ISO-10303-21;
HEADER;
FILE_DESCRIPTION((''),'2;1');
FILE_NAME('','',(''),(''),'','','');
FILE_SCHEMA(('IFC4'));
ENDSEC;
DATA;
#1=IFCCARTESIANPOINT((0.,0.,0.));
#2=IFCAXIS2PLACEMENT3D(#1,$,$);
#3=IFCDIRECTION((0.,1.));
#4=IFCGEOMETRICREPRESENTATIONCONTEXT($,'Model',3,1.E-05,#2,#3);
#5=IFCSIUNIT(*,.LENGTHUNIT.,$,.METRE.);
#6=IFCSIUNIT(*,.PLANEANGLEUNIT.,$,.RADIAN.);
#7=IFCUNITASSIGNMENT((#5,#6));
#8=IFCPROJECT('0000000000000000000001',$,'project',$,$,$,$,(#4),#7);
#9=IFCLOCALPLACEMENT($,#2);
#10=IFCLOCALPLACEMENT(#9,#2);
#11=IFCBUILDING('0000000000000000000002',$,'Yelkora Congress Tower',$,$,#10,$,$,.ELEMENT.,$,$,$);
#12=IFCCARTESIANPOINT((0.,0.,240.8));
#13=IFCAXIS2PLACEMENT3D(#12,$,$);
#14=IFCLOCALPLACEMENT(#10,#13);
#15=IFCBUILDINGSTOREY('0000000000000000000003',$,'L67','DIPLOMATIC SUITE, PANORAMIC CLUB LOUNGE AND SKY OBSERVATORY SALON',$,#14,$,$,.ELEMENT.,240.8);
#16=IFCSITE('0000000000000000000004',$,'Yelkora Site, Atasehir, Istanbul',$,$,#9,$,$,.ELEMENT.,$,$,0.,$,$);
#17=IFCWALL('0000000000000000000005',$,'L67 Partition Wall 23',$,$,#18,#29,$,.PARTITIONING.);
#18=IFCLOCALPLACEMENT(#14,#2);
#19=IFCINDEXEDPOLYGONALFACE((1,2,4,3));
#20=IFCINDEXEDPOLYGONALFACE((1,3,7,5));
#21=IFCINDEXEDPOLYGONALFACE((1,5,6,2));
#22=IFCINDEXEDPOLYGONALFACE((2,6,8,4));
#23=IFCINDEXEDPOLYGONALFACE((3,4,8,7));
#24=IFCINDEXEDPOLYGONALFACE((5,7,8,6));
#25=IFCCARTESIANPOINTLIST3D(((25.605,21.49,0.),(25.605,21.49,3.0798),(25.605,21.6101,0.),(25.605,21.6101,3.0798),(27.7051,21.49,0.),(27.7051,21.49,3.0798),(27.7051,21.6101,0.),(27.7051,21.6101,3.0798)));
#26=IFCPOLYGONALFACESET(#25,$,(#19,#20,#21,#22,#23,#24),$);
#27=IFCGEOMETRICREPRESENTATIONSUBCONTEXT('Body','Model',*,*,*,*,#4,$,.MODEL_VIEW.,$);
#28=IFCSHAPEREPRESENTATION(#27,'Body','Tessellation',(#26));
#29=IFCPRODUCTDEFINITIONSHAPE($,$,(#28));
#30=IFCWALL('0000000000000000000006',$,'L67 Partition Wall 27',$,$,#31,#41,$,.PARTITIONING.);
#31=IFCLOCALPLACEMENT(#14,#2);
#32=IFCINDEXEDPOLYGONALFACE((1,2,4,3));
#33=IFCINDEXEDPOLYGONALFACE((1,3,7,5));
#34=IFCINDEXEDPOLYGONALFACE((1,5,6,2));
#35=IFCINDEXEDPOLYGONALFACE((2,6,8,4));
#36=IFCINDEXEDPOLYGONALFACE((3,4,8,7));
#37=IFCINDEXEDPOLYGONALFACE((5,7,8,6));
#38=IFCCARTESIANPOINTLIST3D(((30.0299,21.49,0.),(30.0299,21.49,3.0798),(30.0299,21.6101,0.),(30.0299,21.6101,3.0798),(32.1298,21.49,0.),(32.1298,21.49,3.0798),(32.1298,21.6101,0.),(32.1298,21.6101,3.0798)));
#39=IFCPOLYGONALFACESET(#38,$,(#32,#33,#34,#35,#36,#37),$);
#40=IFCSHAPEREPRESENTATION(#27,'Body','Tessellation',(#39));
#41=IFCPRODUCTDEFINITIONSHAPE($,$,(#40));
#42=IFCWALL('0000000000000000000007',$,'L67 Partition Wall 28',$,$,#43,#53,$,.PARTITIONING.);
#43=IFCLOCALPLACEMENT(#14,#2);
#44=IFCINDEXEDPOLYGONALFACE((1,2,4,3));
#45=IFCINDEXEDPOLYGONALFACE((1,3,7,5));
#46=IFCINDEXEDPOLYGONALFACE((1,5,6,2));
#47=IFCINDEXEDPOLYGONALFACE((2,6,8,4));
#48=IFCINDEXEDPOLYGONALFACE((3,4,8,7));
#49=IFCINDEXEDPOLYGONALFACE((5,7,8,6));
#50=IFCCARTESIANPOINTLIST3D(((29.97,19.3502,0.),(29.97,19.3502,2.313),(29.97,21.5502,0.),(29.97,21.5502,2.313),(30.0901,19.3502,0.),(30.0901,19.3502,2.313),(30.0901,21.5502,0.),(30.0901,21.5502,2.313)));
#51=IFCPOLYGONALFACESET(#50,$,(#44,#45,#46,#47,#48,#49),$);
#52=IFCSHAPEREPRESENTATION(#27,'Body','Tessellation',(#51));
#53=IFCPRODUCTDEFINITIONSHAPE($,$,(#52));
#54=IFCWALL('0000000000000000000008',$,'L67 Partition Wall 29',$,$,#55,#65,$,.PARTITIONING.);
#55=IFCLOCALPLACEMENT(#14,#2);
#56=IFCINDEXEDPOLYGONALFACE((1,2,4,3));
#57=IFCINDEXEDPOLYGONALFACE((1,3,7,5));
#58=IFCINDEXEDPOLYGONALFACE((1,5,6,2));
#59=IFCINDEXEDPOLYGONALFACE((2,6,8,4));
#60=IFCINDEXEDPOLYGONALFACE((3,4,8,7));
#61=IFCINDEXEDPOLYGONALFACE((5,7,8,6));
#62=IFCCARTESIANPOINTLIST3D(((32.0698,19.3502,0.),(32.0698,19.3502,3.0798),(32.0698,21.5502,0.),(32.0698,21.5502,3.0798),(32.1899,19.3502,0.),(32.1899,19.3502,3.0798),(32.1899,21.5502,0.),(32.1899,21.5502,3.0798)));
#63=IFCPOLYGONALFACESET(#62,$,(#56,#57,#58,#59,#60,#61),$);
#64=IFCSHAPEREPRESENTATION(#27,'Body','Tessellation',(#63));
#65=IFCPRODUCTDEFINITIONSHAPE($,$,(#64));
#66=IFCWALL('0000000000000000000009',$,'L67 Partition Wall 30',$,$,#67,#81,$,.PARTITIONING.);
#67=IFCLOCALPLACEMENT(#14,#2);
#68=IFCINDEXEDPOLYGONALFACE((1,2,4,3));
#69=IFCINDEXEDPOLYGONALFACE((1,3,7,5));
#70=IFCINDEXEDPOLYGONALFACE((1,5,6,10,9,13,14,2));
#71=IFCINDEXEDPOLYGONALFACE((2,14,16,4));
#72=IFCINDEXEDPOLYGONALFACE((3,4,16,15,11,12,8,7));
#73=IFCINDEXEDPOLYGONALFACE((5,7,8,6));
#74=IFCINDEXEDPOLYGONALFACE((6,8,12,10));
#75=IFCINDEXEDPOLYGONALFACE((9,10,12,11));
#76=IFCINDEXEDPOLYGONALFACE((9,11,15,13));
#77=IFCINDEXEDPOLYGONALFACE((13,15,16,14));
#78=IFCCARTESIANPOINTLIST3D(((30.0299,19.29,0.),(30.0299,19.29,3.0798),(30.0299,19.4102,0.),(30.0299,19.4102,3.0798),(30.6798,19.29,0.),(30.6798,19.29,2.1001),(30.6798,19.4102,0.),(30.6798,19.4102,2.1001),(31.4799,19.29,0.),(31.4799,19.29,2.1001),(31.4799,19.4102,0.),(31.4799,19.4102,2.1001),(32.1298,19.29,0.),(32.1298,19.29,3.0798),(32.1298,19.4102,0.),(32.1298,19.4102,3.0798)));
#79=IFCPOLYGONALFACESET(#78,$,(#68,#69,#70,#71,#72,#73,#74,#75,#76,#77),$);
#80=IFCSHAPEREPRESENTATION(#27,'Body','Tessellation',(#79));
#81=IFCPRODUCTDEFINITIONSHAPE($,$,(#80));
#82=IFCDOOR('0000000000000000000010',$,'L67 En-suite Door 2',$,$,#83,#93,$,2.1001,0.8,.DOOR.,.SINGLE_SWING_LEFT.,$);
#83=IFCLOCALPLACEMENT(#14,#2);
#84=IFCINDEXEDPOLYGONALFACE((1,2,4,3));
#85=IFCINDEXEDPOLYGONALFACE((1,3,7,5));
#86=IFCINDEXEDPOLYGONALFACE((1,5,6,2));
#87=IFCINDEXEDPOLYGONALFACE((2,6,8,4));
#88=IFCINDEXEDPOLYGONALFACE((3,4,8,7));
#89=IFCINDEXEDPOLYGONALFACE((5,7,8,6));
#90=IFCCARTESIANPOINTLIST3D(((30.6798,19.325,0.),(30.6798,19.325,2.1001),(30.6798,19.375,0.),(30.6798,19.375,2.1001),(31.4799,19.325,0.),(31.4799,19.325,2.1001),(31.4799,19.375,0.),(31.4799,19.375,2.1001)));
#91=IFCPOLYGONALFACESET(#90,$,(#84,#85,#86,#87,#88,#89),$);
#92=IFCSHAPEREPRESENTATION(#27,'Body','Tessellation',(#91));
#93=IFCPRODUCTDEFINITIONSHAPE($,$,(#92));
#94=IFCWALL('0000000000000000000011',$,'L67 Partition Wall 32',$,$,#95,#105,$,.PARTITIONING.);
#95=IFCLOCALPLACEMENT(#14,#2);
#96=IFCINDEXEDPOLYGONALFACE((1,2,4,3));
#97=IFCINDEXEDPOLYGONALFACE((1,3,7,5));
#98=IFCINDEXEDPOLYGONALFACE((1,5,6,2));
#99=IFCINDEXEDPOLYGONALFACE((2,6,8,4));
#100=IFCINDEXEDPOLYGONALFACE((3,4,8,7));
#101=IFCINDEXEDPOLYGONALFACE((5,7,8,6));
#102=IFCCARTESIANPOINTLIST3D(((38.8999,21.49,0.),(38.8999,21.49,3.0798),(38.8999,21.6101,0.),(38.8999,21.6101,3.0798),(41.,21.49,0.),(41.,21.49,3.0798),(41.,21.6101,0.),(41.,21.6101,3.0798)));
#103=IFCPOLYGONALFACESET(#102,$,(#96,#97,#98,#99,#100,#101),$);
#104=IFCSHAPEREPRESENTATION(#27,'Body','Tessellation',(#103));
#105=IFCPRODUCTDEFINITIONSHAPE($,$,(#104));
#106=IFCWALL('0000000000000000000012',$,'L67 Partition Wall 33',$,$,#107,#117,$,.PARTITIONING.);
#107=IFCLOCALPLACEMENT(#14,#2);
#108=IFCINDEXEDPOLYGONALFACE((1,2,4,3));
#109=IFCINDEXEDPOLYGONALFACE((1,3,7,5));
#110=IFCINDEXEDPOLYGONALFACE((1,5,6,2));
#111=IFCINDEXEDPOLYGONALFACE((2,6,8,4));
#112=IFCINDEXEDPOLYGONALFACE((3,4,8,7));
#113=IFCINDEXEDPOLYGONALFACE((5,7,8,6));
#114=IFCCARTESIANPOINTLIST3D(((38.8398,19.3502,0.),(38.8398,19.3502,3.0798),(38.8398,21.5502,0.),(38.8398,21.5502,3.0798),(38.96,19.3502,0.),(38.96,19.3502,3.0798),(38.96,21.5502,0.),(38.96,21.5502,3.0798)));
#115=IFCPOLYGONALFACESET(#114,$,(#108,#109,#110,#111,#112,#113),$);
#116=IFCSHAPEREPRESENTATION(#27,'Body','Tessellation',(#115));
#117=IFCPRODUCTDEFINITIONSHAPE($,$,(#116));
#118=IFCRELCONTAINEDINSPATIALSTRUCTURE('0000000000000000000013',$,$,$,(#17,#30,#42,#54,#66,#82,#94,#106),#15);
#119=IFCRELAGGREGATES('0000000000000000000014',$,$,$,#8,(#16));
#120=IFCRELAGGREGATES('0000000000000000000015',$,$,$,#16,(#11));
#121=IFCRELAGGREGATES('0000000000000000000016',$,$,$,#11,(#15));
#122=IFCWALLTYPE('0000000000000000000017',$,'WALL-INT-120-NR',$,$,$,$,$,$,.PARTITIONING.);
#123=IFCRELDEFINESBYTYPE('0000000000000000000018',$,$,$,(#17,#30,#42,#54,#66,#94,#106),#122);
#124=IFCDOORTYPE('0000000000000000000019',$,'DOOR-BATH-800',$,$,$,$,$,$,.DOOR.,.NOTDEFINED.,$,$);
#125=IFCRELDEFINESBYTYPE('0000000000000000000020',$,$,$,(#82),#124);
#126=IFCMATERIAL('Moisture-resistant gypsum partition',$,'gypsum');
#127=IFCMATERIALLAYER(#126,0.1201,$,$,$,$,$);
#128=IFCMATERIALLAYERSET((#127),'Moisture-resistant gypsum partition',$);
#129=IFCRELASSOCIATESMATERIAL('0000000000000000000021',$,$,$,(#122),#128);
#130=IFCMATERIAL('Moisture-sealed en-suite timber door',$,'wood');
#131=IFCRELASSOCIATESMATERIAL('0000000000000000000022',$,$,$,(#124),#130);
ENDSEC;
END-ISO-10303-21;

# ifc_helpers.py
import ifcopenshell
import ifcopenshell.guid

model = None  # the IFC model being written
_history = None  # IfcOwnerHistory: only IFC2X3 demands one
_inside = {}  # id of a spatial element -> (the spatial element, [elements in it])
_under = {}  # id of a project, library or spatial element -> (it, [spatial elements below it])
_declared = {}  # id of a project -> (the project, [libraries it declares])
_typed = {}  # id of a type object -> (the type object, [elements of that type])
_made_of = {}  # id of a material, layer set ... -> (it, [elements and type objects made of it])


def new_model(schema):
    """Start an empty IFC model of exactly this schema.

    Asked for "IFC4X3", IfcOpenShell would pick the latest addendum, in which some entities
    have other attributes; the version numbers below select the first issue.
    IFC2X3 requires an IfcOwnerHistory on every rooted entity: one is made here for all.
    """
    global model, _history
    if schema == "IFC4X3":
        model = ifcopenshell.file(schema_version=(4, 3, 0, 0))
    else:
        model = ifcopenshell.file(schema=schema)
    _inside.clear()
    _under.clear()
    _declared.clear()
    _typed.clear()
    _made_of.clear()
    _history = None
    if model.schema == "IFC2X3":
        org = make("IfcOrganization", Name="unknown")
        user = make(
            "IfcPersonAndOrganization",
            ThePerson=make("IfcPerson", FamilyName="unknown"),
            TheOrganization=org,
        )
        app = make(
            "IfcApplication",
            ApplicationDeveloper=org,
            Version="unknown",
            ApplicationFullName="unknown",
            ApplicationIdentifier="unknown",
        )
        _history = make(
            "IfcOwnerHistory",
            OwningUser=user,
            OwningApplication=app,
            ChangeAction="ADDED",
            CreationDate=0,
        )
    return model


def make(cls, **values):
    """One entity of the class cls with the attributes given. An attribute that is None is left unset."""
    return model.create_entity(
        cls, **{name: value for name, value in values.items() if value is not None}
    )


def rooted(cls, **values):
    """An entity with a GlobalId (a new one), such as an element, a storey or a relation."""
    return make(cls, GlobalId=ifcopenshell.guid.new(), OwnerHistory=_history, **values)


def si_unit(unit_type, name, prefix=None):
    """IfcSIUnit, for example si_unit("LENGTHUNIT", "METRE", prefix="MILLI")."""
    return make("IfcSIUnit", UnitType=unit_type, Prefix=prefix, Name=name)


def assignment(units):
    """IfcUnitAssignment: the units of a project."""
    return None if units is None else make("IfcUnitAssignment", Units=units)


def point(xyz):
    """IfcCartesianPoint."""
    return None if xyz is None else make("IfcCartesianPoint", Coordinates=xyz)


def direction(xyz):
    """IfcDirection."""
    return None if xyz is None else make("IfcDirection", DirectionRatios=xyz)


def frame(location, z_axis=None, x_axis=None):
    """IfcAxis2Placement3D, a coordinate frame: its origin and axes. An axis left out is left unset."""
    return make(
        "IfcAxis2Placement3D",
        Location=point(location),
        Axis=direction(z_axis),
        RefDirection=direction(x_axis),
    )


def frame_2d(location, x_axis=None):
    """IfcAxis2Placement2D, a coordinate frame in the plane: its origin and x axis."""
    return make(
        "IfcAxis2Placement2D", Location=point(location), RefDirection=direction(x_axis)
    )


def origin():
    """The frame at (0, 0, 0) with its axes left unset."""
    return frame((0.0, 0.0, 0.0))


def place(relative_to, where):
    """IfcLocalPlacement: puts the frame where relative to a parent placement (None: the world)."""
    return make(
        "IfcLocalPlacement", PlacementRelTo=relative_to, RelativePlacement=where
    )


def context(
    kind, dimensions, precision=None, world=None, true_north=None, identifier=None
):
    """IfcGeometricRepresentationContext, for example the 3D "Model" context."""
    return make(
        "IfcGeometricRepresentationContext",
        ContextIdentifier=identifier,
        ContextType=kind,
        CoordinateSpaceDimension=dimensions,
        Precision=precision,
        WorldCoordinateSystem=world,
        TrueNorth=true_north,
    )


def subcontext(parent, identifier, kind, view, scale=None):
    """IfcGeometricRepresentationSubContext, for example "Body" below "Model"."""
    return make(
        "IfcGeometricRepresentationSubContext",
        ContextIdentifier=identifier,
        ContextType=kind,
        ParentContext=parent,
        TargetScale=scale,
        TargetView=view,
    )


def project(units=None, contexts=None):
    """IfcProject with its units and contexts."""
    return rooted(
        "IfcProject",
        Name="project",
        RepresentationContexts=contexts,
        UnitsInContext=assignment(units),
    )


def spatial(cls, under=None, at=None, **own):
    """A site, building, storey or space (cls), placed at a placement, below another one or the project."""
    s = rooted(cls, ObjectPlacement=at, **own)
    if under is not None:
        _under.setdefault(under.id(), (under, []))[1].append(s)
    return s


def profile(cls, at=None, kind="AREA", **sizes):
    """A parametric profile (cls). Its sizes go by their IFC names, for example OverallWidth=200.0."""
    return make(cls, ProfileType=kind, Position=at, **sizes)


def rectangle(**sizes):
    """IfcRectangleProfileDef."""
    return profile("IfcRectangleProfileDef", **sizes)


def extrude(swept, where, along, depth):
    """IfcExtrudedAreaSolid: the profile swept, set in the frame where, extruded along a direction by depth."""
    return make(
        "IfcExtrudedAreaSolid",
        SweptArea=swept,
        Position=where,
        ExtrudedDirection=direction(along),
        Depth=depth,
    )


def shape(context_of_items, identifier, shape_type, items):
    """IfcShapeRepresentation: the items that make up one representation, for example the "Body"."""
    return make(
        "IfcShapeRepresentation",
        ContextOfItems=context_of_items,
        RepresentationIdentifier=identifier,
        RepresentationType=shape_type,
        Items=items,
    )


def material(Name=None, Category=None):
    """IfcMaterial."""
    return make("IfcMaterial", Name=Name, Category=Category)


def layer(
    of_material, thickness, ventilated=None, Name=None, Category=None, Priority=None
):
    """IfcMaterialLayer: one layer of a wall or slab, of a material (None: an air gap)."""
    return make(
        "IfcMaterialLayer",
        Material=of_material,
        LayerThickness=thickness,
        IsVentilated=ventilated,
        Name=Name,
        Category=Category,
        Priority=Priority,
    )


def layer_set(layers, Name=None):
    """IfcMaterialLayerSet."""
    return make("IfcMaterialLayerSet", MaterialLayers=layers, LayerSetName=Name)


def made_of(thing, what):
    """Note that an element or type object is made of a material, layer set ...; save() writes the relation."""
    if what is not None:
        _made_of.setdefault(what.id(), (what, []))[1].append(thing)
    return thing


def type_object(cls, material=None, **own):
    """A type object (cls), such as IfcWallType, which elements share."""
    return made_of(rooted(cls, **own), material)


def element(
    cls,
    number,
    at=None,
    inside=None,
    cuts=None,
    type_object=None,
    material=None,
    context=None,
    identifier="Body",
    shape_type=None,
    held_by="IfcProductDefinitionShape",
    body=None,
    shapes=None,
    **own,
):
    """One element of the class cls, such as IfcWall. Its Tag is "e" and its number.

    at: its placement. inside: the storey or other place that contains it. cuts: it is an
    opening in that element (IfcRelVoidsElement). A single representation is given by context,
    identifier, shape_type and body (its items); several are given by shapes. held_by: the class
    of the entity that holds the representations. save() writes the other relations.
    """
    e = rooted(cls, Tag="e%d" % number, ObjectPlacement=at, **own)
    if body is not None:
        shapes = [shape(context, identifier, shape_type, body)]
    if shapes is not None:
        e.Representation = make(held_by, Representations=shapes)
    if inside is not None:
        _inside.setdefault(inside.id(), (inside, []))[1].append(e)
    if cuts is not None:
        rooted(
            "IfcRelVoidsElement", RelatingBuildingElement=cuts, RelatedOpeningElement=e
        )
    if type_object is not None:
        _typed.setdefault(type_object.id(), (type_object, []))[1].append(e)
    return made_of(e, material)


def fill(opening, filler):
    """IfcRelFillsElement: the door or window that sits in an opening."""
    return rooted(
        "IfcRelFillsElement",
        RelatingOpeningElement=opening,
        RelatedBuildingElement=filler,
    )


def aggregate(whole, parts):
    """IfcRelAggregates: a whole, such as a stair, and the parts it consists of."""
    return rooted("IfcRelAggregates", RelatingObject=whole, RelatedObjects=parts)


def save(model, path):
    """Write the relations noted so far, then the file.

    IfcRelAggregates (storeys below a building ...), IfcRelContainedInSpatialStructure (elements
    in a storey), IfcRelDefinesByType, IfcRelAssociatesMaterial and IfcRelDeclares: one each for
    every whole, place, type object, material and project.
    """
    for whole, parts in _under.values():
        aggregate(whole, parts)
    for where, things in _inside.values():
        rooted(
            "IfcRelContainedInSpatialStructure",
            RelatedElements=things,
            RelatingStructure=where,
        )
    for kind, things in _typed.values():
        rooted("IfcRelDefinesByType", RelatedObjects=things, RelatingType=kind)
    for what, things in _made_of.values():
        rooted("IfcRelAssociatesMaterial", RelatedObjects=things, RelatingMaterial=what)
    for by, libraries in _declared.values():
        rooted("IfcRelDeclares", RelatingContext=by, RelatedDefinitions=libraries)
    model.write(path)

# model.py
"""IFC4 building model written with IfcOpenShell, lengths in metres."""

from ifc_helpers import new_model, si_unit, direction, frame, frame_2d, origin, place, context, subcontext, project, spatial, rectangle, extrude, material, layer, layer_set, type_object, element, fill, save


model = new_model("IFC4")

# Units and contexts
model_context = context("Model", 3, precision=1e-05, world=origin(), true_north=direction((0.0, 1.0)))
body_context = subcontext(model_context, "Body", "Model", "MODEL_VIEW")
ifc_project = project(units=[si_unit("LENGTHUNIT", "METRE"), si_unit("PLANEANGLEUNIT", "RADIAN")], contexts=[model_context])

# Site, building, storey
site_placement = place(None, origin())
site = spatial("IfcSite", under=ifc_project, at=site_placement, Name="Yelkora Site, Atasehir, Istanbul", CompositionType="ELEMENT", RefElevation=0.0)
building_placement = place(site_placement, origin())
building = spatial("IfcBuilding", under=site, at=building_placement, Name="Yelkora Congress Tower", CompositionType="ELEMENT")
storey_placement = place(building_placement, frame((0.0, 0.0, 240.8)))
storey = spatial("IfcBuildingStorey", under=building, at=storey_placement, Name="L67", Description="DIPLOMATIC SUITE, PANORAMIC CLUB LOUNGE AND SKY OBSERVATORY SALON", CompositionType="ELEMENT", Elevation=240.8)

# Walls
ifc_material_1 = material(Name="Moisture-resistant gypsum partition", Category="gypsum")
ifc_layer_1 = layer(ifc_material_1, 0.1201)
ifc_layer_set_1 = layer_set([ifc_layer_1], Name="Moisture-resistant gypsum partition")
wall_type_1 = type_object("IfcWallType", Name="WALL-INT-120-NR", PredefinedType="PARTITIONING", material=ifc_layer_set_1)
wall_1_placement = place(storey_placement, frame((25.605, 21.55, 0.0), z_axis=(0.0, 0.0, 1.0), x_axis=(1.0, 0.0, 0.0)))
element("IfcWall", 1, at=wall_1_placement, inside=storey, type_object=wall_type_1, Name="L67 Partition Wall 23", PredefinedType="PARTITIONING", context=body_context, shape_type="SweptSolid", body=[
    extrude(rectangle(XDim=2.1001, YDim=0.1201, at=frame_2d((1.05, 0.0))), origin(), (0.0, 0.0, 1.0), 3.0798),
])
wall_2_placement = place(storey_placement, frame((30.03, 21.55, 0.0), z_axis=(0.0, 0.0, 1.0), x_axis=(1.0, 0.0, 0.0)))
element("IfcWall", 2, at=wall_2_placement, inside=storey, type_object=wall_type_1, Name="L67 Partition Wall 27", PredefinedType="PARTITIONING", context=body_context, shape_type="SweptSolid", body=[
    extrude(rectangle(XDim=2.0999, YDim=0.1201, at=frame_2d((1.0498, 0.0))), origin(), (0.0, 0.0, 1.0), 3.0798),
])
wall_3_placement = place(storey_placement, frame((30.03, 19.3501, 0.0), z_axis=(0.0, 0.0, 1.0), x_axis=(0.0, 1.0, 0.0)))
element("IfcWall", 3, at=wall_3_placement, inside=storey, type_object=wall_type_1, Name="L67 Partition Wall 28", PredefinedType="PARTITIONING", context=body_context, shape_type="SweptSolid", body=[
    extrude(rectangle(XDim=2.2, YDim=0.1201, at=frame_2d((1.1001, 0.0))), origin(), (0.0, 0.0, 1.0), 2.313),
])
wall_4_placement = place(storey_placement, frame((32.1299, 19.3501, 0.0), z_axis=(0.0, 0.0, 1.0), x_axis=(0.0, 1.0, 0.0)))
element("IfcWall", 4, at=wall_4_placement, inside=storey, type_object=wall_type_1, Name="L67 Partition Wall 29", PredefinedType="PARTITIONING", context=body_context, shape_type="SweptSolid", body=[
    extrude(rectangle(XDim=2.2, YDim=0.1201, at=frame_2d((1.1001, 0.0))), origin(), (0.0, 0.0, 1.0), 3.0798),
])

# Wall, opening, door
wall_5_placement = place(storey_placement, frame((30.03, 19.3501, 0.0), z_axis=(0.0, 0.0, 1.0), x_axis=(1.0, 0.0, 0.0)))
wall_5 = element("IfcWall", 5, at=wall_5_placement, inside=storey, type_object=wall_type_1, Name="L67 Partition Wall 30", PredefinedType="PARTITIONING", context=body_context, shape_type="SweptSolid", body=[
    extrude(rectangle(XDim=2.0999, YDim=0.1201, at=frame_2d((1.0498, 0.0))), origin(), (0.0, 0.0, 1.0), 3.0798),
])
opening_1_placement = place(wall_5_placement, frame((0.6499, 0.0, 0.0)))
opening_1 = element("IfcOpeningElement", 6, at=opening_1_placement, cuts=wall_5, PredefinedType="OPENING", context=body_context, shape_type="SweptSolid", body=[
    extrude(rectangle(XDim=0.8, YDim=2.1001, at=frame_2d((0.3999, 1.05))), frame((0.0, 0.0701, 0.0), z_axis=(0.0, -1.0, 0.0), x_axis=(1.0, 0.0, 0.0)), (0.0, 0.0, 1.0), 0.1401),
])
ifc_material_2 = material(Name="Moisture-sealed en-suite timber door", Category="wood")
door_type_1 = type_object("IfcDoorType", Name="DOOR-BATH-800", OperationType="NOTDEFINED", PredefinedType="DOOR", material=ifc_material_2)
door_1_placement = place(opening_1_placement, origin())
door_1 = element("IfcDoor", 7, at=door_1_placement, inside=storey, type_object=door_type_1, Name="L67 En-suite Door 2", OperationType="SINGLE_SWING_LEFT", OverallHeight=2.1001, OverallWidth=0.8, PredefinedType="DOOR", context=body_context, shape_type="SweptSolid", body=[
    extrude(rectangle(XDim=0.8, YDim=2.1001, at=frame_2d((0.3999, 1.05))), frame((0.0, 0.0249, 0.0), z_axis=(0.0, -1.0, 0.0), x_axis=(1.0, 0.0, 0.0)), (0.0, 0.0, 1.0), 0.05),
])
fill(opening_1, door_1)

# Walls
wall_6_placement = place(storey_placement, frame((38.8999, 21.55, 0.0), z_axis=(0.0, 0.0, 1.0), x_axis=(1.0, 0.0, 0.0)))
element("IfcWall", 8, at=wall_6_placement, inside=storey, type_object=wall_type_1, Name="L67 Partition Wall 32", PredefinedType="PARTITIONING", context=body_context, shape_type="SweptSolid", body=[
    extrude(rectangle(XDim=2.1001, YDim=0.1201, at=frame_2d((1.05, 0.0))), origin(), (0.0, 0.0, 1.0), 3.0798),
])
wall_7_placement = place(storey_placement, frame((38.8999, 19.3501, 0.0), z_axis=(0.0, 0.0, 1.0), x_axis=(0.0, 1.0, 0.0)))
element("IfcWall", 9, at=wall_7_placement, inside=storey, type_object=wall_type_1, Name="L67 Partition Wall 33", PredefinedType="PARTITIONING", context=body_context, shape_type="SweptSolid", body=[
    extrude(rectangle(XDim=2.2, YDim=0.1201, at=frame_2d((1.1001, 0.0))), origin(), (0.0, 0.0, 1.0), 3.0798),
])

save(model, "model.ifc")
